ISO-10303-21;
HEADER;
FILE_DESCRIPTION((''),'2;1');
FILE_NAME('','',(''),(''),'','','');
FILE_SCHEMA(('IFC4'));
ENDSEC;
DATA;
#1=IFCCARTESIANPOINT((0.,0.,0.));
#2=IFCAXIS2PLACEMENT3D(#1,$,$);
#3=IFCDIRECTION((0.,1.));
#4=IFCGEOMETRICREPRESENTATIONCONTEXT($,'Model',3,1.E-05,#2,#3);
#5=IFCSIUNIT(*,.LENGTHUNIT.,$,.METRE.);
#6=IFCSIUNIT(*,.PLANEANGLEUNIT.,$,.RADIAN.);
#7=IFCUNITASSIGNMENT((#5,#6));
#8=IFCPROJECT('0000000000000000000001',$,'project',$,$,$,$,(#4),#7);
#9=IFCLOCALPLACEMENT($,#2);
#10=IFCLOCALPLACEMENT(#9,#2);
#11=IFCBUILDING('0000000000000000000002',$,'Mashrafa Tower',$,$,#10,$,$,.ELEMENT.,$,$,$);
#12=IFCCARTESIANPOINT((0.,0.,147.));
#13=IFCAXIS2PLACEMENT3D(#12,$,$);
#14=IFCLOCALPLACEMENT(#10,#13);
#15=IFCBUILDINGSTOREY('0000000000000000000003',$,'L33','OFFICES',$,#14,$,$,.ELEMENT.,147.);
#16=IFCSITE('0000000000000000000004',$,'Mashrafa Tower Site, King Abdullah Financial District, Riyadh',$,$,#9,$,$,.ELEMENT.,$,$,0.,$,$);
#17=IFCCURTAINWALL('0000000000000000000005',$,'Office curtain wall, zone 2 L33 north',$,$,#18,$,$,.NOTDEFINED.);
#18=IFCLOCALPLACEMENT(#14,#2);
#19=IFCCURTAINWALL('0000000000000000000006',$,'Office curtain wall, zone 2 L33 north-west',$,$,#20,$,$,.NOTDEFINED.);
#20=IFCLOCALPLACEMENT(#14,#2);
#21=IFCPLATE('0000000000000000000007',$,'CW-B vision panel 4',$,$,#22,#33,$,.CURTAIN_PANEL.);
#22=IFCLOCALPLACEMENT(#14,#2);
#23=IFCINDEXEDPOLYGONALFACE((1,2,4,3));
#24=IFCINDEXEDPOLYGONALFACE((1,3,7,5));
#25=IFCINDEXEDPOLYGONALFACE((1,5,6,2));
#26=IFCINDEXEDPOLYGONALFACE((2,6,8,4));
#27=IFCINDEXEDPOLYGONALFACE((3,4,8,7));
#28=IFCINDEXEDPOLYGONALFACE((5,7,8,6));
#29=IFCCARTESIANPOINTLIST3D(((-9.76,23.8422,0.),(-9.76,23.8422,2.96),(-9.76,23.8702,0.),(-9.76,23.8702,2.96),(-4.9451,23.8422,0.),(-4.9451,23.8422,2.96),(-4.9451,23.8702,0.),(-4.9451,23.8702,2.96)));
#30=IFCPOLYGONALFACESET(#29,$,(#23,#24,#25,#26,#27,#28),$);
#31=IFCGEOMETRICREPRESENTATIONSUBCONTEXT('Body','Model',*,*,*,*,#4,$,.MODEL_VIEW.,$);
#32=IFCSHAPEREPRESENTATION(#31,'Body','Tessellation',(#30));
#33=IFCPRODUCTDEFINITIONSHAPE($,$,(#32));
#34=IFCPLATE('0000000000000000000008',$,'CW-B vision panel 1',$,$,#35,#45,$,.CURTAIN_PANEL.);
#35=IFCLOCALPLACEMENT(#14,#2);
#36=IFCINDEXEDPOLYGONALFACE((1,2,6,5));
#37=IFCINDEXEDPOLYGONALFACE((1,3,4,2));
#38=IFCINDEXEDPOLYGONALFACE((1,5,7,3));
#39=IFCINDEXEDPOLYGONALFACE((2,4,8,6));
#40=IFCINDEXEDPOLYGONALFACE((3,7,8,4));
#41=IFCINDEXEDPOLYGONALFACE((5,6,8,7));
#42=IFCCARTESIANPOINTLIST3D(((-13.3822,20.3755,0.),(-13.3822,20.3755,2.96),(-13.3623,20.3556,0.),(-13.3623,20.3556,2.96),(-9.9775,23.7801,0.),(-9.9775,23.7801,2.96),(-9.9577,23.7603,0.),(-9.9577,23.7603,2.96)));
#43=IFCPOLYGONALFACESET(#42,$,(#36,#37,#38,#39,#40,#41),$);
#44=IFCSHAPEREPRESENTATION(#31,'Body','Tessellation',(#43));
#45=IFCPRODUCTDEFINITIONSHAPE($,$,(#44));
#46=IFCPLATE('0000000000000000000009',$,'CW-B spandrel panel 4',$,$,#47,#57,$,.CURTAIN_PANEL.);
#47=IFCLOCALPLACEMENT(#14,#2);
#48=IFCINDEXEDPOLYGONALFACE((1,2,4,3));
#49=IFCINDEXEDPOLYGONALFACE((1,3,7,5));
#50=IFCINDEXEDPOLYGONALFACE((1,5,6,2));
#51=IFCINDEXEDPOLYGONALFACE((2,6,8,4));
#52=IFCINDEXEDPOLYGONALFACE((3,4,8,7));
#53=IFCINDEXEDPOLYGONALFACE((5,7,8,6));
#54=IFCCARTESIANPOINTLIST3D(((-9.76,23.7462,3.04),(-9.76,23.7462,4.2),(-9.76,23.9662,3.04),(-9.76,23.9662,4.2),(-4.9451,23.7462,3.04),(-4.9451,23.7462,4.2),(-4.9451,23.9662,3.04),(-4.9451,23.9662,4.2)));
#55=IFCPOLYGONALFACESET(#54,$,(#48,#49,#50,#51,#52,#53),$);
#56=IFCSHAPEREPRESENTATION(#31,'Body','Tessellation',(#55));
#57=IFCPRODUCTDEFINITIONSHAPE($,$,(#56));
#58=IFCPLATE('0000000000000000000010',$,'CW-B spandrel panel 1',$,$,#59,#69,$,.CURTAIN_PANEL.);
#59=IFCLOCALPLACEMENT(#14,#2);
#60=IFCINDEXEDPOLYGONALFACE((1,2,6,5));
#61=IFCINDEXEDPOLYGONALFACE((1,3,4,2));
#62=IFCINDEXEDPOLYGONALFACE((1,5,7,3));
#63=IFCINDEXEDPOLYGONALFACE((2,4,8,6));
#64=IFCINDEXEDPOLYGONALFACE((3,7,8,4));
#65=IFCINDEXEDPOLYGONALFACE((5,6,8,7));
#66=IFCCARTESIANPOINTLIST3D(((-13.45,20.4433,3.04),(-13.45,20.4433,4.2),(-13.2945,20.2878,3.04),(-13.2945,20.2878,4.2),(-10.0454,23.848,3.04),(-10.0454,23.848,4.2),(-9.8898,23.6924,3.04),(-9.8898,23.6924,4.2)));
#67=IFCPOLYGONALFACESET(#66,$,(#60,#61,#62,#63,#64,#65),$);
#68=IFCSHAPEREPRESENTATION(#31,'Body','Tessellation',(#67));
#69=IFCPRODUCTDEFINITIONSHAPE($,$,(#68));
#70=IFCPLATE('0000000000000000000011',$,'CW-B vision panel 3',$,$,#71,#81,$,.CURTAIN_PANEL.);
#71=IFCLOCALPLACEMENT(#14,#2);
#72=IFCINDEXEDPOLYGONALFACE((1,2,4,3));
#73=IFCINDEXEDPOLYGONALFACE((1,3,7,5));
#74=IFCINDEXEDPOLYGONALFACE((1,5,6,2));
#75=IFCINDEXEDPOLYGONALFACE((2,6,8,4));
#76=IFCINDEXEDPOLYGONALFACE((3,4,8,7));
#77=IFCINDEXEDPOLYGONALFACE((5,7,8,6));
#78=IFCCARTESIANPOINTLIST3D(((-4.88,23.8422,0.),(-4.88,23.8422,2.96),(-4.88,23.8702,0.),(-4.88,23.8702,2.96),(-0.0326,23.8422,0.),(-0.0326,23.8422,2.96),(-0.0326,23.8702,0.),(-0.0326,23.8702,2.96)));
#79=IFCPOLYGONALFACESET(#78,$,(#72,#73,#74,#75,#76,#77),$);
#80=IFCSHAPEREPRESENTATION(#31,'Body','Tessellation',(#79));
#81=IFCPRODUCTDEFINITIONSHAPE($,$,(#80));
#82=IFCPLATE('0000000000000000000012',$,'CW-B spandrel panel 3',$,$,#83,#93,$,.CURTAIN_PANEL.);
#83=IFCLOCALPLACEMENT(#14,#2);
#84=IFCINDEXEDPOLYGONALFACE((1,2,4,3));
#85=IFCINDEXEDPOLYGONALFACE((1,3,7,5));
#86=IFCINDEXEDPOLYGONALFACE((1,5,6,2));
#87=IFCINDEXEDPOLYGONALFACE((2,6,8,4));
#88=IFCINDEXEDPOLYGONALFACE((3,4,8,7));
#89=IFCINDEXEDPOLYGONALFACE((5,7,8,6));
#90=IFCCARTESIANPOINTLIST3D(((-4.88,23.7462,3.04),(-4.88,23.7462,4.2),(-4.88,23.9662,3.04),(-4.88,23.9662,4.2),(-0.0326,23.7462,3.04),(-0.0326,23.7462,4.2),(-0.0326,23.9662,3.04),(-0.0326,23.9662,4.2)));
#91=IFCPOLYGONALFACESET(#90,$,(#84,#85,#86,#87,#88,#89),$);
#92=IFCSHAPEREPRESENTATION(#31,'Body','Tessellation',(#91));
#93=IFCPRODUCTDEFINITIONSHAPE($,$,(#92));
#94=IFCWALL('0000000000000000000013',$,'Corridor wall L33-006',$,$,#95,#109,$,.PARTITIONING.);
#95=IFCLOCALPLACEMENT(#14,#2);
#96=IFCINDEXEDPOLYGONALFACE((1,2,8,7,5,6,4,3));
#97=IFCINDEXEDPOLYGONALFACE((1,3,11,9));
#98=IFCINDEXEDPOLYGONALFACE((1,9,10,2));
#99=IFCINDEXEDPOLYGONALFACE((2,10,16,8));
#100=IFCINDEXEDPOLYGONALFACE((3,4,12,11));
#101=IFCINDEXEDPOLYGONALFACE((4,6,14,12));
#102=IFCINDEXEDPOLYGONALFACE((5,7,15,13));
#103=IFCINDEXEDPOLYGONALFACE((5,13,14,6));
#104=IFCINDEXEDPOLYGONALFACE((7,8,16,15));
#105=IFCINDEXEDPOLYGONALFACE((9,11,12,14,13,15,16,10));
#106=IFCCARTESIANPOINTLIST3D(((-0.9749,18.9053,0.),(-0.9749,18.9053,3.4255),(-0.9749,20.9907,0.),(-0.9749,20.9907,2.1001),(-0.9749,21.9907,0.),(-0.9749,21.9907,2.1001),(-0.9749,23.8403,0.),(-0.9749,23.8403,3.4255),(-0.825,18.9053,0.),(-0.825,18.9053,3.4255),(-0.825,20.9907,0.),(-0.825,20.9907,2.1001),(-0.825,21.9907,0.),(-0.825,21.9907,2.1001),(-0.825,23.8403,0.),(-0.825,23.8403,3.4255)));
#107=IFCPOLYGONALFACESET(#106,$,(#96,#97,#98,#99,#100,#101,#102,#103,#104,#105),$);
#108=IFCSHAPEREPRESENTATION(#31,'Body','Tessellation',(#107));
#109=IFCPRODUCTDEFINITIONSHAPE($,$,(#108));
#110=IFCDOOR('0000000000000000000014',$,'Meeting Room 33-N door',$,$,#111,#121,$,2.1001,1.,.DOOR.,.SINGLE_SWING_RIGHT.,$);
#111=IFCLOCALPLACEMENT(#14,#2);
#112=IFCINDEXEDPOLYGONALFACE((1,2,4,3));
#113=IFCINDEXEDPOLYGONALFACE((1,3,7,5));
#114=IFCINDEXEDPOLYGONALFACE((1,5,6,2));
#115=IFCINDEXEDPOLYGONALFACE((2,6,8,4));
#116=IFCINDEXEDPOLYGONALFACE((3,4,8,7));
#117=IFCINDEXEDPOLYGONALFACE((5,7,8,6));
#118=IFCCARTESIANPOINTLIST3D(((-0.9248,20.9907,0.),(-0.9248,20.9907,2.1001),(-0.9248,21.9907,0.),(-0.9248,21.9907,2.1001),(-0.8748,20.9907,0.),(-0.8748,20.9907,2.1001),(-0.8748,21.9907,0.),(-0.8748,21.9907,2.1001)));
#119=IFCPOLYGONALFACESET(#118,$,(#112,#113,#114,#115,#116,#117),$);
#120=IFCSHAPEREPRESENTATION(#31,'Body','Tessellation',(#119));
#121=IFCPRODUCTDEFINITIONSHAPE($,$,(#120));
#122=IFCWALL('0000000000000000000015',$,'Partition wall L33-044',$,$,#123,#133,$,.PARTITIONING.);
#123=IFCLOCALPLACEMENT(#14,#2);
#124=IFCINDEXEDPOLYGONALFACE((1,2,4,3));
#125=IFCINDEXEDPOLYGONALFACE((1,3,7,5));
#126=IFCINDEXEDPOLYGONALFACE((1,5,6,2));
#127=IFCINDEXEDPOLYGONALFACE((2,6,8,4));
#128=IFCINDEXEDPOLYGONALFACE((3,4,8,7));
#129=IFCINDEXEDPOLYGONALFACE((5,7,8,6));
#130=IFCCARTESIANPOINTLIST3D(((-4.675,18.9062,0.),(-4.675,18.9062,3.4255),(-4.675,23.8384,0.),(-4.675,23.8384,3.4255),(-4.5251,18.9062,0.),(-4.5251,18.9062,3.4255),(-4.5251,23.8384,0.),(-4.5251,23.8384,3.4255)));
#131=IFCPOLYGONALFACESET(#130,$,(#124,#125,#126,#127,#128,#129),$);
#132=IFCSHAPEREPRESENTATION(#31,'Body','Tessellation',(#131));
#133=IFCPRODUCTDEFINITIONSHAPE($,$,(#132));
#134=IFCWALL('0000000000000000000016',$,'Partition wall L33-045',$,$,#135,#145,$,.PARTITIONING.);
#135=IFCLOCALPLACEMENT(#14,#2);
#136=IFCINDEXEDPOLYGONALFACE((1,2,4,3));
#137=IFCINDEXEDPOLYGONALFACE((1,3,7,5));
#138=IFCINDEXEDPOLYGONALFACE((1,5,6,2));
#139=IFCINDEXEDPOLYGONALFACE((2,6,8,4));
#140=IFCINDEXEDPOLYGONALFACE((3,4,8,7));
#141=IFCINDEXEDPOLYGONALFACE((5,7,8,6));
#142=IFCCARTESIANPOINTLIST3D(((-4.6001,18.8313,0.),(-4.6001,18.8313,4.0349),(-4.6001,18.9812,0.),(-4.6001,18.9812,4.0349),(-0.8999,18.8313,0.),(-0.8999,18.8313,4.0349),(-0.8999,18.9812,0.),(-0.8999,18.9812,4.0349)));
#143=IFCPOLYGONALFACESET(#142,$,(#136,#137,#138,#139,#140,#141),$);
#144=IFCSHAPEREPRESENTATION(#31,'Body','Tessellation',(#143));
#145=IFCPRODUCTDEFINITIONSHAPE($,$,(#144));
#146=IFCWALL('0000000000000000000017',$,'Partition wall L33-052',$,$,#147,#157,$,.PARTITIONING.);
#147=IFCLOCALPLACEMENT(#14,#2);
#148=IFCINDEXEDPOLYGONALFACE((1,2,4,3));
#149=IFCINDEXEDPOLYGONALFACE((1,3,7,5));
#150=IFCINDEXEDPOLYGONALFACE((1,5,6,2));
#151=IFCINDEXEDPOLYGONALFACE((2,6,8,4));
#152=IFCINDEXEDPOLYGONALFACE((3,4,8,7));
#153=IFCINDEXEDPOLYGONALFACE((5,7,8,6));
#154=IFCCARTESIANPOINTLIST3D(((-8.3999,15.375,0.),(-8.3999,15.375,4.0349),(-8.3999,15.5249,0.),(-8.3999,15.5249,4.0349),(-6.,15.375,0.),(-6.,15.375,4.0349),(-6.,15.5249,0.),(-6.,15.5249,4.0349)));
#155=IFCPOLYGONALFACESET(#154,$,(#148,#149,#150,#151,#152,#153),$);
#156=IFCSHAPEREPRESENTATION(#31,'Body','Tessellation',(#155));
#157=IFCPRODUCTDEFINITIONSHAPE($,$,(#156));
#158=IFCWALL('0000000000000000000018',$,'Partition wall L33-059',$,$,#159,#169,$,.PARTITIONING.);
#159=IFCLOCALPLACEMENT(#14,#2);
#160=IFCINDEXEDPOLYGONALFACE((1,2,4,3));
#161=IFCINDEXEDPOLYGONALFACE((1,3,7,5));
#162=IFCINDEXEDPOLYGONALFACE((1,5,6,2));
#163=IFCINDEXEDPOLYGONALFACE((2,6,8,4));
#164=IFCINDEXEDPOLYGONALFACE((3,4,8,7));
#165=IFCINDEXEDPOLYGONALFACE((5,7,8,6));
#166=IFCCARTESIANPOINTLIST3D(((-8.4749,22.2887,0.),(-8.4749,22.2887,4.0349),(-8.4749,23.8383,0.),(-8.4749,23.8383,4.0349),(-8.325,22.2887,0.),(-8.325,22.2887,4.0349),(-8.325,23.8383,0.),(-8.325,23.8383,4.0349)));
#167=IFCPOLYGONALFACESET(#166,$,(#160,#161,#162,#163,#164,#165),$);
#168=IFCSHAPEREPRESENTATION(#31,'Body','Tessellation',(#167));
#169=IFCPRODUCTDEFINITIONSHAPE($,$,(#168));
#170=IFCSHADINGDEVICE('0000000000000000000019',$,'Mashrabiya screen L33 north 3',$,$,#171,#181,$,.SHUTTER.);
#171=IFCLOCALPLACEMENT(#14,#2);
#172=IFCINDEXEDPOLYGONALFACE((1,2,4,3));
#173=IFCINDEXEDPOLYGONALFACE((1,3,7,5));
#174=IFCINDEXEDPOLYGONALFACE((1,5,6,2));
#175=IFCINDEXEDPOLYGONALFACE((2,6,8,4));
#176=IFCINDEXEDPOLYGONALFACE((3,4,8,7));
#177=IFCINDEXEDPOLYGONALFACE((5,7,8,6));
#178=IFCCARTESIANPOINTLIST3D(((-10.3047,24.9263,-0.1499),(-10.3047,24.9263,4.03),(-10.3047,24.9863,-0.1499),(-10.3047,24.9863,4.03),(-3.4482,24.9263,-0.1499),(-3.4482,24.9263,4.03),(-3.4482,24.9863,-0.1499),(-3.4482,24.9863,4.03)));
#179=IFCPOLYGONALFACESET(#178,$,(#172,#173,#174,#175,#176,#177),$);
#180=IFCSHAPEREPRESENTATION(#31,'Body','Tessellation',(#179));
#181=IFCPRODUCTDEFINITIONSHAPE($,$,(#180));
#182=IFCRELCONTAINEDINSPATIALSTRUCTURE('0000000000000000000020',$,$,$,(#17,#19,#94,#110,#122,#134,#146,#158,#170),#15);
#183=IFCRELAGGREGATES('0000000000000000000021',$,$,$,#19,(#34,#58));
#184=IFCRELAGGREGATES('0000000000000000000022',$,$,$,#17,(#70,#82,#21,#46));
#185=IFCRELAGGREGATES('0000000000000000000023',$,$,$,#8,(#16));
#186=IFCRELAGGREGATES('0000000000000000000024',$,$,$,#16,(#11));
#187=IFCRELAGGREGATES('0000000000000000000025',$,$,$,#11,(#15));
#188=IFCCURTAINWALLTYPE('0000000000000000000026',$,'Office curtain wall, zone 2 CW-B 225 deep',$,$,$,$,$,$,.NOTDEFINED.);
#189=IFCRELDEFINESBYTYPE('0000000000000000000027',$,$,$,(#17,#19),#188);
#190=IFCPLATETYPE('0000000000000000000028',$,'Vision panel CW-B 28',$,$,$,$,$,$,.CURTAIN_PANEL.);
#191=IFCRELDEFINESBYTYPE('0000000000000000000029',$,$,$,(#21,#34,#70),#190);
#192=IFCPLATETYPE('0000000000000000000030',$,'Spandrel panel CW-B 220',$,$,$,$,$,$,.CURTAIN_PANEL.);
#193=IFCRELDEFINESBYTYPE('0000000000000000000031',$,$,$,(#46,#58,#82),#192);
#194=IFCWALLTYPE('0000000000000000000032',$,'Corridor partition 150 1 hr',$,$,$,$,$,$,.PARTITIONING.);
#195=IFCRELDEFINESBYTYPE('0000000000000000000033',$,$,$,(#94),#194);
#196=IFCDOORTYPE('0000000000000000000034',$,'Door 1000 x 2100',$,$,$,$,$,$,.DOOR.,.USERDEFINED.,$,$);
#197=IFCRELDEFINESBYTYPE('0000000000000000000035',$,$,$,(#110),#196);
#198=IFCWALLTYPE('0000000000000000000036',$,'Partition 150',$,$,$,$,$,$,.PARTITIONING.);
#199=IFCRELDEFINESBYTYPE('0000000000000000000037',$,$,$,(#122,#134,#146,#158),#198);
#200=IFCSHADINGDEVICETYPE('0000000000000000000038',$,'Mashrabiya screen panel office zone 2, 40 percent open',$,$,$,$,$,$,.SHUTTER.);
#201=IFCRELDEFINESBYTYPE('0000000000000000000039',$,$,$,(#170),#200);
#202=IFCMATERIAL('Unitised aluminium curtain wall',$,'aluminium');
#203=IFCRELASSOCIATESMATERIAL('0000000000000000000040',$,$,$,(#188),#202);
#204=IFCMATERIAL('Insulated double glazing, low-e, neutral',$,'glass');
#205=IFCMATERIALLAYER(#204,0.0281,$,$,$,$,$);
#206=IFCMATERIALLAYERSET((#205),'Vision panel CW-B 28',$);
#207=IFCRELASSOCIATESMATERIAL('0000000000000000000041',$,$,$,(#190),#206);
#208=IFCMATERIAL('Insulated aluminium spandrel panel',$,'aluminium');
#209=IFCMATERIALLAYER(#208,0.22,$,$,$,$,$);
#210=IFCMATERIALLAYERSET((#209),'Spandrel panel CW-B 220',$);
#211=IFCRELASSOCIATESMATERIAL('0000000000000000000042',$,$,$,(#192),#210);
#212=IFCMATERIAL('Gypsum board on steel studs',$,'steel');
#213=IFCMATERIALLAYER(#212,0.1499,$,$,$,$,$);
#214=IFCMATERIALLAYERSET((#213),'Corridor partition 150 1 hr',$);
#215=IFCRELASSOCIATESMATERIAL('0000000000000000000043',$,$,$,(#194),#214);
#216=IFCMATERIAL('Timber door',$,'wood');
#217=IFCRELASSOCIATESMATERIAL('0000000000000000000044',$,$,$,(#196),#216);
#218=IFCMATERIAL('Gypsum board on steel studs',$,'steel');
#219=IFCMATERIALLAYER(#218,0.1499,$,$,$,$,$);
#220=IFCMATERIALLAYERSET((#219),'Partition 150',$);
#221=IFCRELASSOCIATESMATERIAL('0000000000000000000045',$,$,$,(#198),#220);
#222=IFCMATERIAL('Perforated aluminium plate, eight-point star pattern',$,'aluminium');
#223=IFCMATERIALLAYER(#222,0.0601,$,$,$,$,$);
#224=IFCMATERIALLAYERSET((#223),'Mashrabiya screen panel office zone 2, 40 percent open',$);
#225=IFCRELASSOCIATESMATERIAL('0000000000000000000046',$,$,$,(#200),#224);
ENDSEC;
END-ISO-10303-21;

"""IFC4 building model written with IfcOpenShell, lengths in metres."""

from ifc_helpers import new_model, si_unit, direction, frame, frame_2d, origin, origin_2d, place, context, subcontext, project, spatial, rectangle, extrude, source, transform, mapped, material, layer, layer_set, type_object, type_shapes, element, fill, aggregate, save


model = new_model("IFC4")

# Units and contexts
model_context = context("Model", 3, precision=1e-05, world=origin(), true_north=direction((0.0, 1.0)))
body_context = subcontext(model_context, "Body", "Model", "MODEL_VIEW")
ifc_project = project(units=[si_unit("LENGTHUNIT", "METRE"), si_unit("PLANEANGLEUNIT", "RADIAN")], contexts=[model_context])

# Site, building, storey
site_placement = place(None, origin())
site = spatial("IfcSite", under=ifc_project, at=site_placement, Name="Mashrafa Tower Site, King Abdullah Financial District, Riyadh", CompositionType="ELEMENT", RefElevation=0.0)
building_placement = place(site_placement, origin())
building = spatial("IfcBuilding", under=site, at=building_placement, Name="Mashrafa Tower", CompositionType="ELEMENT")
storey_placement = place(building_placement, frame((0.0, 0.0, 147.0)))
storey = spatial("IfcBuildingStorey", under=building, at=storey_placement, Name="L33", Description="OFFICES", CompositionType="ELEMENT", Elevation=147.0)

# Curtain wall
ifc_material_1 = material(Name="Unitised aluminium curtain wall", Category="aluminium")
curtain_wall_type = type_object("IfcCurtainWallType", Name="Office curtain wall, zone 2 CW-B 225 deep", PredefinedType="NOTDEFINED", material=ifc_material_1)
curtain_wall_1_placement = place(storey_placement, origin())
curtain_wall_1 = element("IfcCurtainWall", 1, at=curtain_wall_1_placement, inside=storey, type_object=curtain_wall_type, Name="Office curtain wall, zone 2 L33 north", PredefinedType="NOTDEFINED")

# Curtain wall
curtain_wall_2_placement = place(storey_placement, origin())
curtain_wall_2 = element("IfcCurtainWall", 2, at=curtain_wall_2_placement, inside=storey, type_object=curtain_wall_type, Name="Office curtain wall, zone 2 L33 north-west", PredefinedType="NOTDEFINED")

# Plates
ifc_material_2 = material(Name="Insulated double glazing, low-e, neutral", Category="glass")
ifc_layer_1 = layer(ifc_material_2, 0.0281)
ifc_layer_set_1 = layer_set([ifc_layer_1], Name="Vision panel CW-B 28")
plate_type_1 = type_object("IfcPlateType", Name="Vision panel CW-B 28", PredefinedType="CURTAIN_PANEL", material=ifc_layer_set_1)
shared_shape_1 = source(origin(), body_context, "Body", "SweptSolid", [
    extrude(rectangle(XDim=4.8149, YDim=0.0281, at=origin_2d()), origin(), (0.0, 0.0, 1.0), 2.96),
])
plate_1_placement = place(storey_placement, frame((-7.3525, 23.8562, 0.0), z_axis=(0.0, 0.0, 1.0), x_axis=(-1.0, 0.0, 0.0)))
plate_1 = element("IfcPlate", 3, at=plate_1_placement, type_object=plate_type_1, Name="CW-B vision panel 4", PredefinedType="CURTAIN_PANEL", context=body_context, shape_type="MappedRepresentation", body=[
    mapped(shared_shape_1, transform((0.0, 0.0, 0.0))),
])
plate_2_placement = place(storey_placement, frame((-11.6699, 22.0679, 0.0), z_axis=(0.0, 0.0, 1.0), x_axis=(-0.707107, -0.707107, 0.0)))
plate_2 = element("IfcPlate", 4, at=plate_2_placement, type_object=plate_type_1, Name="CW-B vision panel 1", PredefinedType="CURTAIN_PANEL", context=body_context, shape_type="MappedRepresentation", body=[
    mapped(shared_shape_1, transform((0.0, 0.0, 0.0))),
])
ifc_material_3 = material(Name="Insulated aluminium spandrel panel", Category="aluminium")
ifc_layer_2 = layer(ifc_material_3, 0.22)
ifc_layer_set_2 = layer_set([ifc_layer_2], Name="Spandrel panel CW-B 220")
plate_type_2 = type_object("IfcPlateType", Name="Spandrel panel CW-B 220", PredefinedType="CURTAIN_PANEL", material=ifc_layer_set_2)
shared_shape_2 = source(origin(), body_context, "Body", "SweptSolid", [
    extrude(rectangle(XDim=4.8149, YDim=0.22, at=origin_2d()), origin(), (0.0, 0.0, 1.0), 1.1599),
])
plate_3_placement = place(storey_placement, frame((-7.3525, 23.8562, 3.04), z_axis=(0.0, 0.0, 1.0), x_axis=(-1.0, 0.0, 0.0)))
plate_3 = element("IfcPlate", 5, at=plate_3_placement, type_object=plate_type_2, Name="CW-B spandrel panel 4", PredefinedType="CURTAIN_PANEL", context=body_context, shape_type="MappedRepresentation", body=[
    mapped(shared_shape_2, transform((0.0, 0.0, 0.0))),
])
plate_4_placement = place(storey_placement, frame((-11.6699, 22.0679, 3.04), z_axis=(0.0, 0.0, 1.0), x_axis=(-0.707107, -0.707107, 0.0)))
plate_4 = element("IfcPlate", 6, at=plate_4_placement, type_object=plate_type_2, Name="CW-B spandrel panel 1", PredefinedType="CURTAIN_PANEL", context=body_context, shape_type="MappedRepresentation", body=[
    mapped(shared_shape_2, transform((0.0, 0.0, 0.0))),
])
aggregate(curtain_wall_2, [plate_2, plate_4])
shared_shape_3 = source(origin(), body_context, "Body", "SweptSolid", [
    extrude(rectangle(XDim=4.8474, YDim=0.0281, at=origin_2d()), origin(), (0.0, 0.0, 1.0), 2.96),
])
type_shapes(plate_type_1, [shared_shape_1, shared_shape_3])
plate_5_placement = place(storey_placement, frame((-2.4563, 23.8562, 0.0), z_axis=(0.0, 0.0, 1.0), x_axis=(-1.0, 0.0, 0.0)))
plate_5 = element("IfcPlate", 7, at=plate_5_placement, type_object=plate_type_1, Name="CW-B vision panel 3", PredefinedType="CURTAIN_PANEL", context=body_context, shape_type="MappedRepresentation", body=[
    mapped(shared_shape_3, transform((0.0, 0.0, 0.0))),
])
shared_shape_4 = source(origin(), body_context, "Body", "SweptSolid", [
    extrude(rectangle(XDim=4.8474, YDim=0.22, at=origin_2d()), origin(), (0.0, 0.0, 1.0), 1.1599),
])
type_shapes(plate_type_2, [shared_shape_2, shared_shape_4])
plate_6_placement = place(storey_placement, frame((-2.4563, 23.8562, 3.04), z_axis=(0.0, 0.0, 1.0), x_axis=(-1.0, 0.0, 0.0)))
plate_6 = element("IfcPlate", 8, at=plate_6_placement, type_object=plate_type_2, Name="CW-B spandrel panel 3", PredefinedType="CURTAIN_PANEL", context=body_context, shape_type="MappedRepresentation", body=[
    mapped(shared_shape_4, transform((0.0, 0.0, 0.0))),
])
aggregate(curtain_wall_1, [plate_5, plate_6, plate_1, plate_3])

# Wall, opening, door
ifc_material_4 = material(Name="Gypsum board on steel studs", Category="steel")
ifc_layer_3 = layer(ifc_material_4, 0.1499)
ifc_layer_set_3 = layer_set([ifc_layer_3], Name="Corridor partition 150 1 hr")
wall_type_1 = type_object("IfcWallType", Name="Corridor partition 150 1 hr", PredefinedType="PARTITIONING", material=ifc_layer_set_3)
wall_1_placement = place(storey_placement, frame((-0.8999, 23.8403, 0.0), z_axis=(0.0, 0.0, 1.0), x_axis=(0.0, -1.0, 0.0)))
wall_1 = element("IfcWall", 9, at=wall_1_placement, inside=storey, type_object=wall_type_1, Name="Corridor wall L33-006", PredefinedType="PARTITIONING", context=body_context, shape_type="SweptSolid", body=[
    extrude(rectangle(XDim=4.9351, YDim=0.1499, at=frame_2d((2.4675, 0.0))), origin(), (0.0, 0.0, 1.0), 3.4255),
])
opening_1_placement = place(wall_1_placement, frame((1.8496, 0.0, 0.0)))
opening_1 = element("IfcOpeningElement", 10, at=opening_1_placement, cuts=wall_1, PredefinedType="OPENING", context=body_context, shape_type="SweptSolid", body=[
    extrude(rectangle(XDim=1.0, YDim=2.1001, at=frame_2d((0.5, 1.05))), frame((0.0, 0.085, 0.0), z_axis=(0.0, -1.0, 0.0), x_axis=(1.0, 0.0, 0.0)), (0.0, 0.0, 1.0), 0.1699),
])
ifc_material_5 = material(Name="Timber door", Category="wood")
door_type_1 = type_object("IfcDoorType", Name="Door 1000 x 2100", OperationType="USERDEFINED", PredefinedType="DOOR", material=ifc_material_5)
door_1_placement = place(opening_1_placement, frame((1.0, 0.0, 0.0), z_axis=(0.0, 0.0, 1.0), x_axis=(-1.0, 0.0, 0.0)))
door_1 = element("IfcDoor", 11, at=door_1_placement, inside=storey, type_object=door_type_1, Name="Meeting Room 33-N door", OperationType="SINGLE_SWING_RIGHT", OverallHeight=2.1001, OverallWidth=1.0, PredefinedType="DOOR", context=body_context, shape_type="SweptSolid", body=[
    extrude(rectangle(XDim=1.0, YDim=2.1001, at=frame_2d((0.5, 1.05))), frame((0.0, 0.0249, 0.0), z_axis=(0.0, -1.0, 0.0), x_axis=(1.0, 0.0, 0.0)), (0.0, 0.0, 1.0), 0.05),
])
fill(opening_1, door_1)

# Walls
ifc_material_6 = material(Name="Gypsum board on steel studs", Category="steel")
ifc_layer_4 = layer(ifc_material_6, 0.1499)
ifc_layer_set_4 = layer_set([ifc_layer_4], Name="Partition 150")
wall_type_2 = type_object("IfcWallType", Name="Partition 150", PredefinedType="PARTITIONING", material=ifc_layer_set_4)
wall_2_placement = place(storey_placement, frame((-4.6001, 23.8384, 0.0), z_axis=(0.0, 0.0, 1.0), x_axis=(0.0, -1.0, 0.0)))
element("IfcWall", 12, at=wall_2_placement, inside=storey, type_object=wall_type_2, Name="Partition wall L33-044", PredefinedType="PARTITIONING", context=body_context, shape_type="SweptSolid", body=[
    extrude(rectangle(XDim=4.9321, YDim=0.1499, at=frame_2d((2.4661, 0.0))), origin(), (0.0, 0.0, 1.0), 3.4255),
])
wall_3_placement = place(storey_placement, frame((-4.6001, 18.9062, 0.0), z_axis=(0.0, 0.0, 1.0), x_axis=(1.0, 0.0, 0.0)))
element("IfcWall", 13, at=wall_3_placement, inside=storey, type_object=wall_type_2, Name="Partition wall L33-045", PredefinedType="PARTITIONING", context=body_context, shape_type="SweptSolid", body=[
    extrude(rectangle(XDim=3.7002, YDim=0.1499, at=frame_2d((1.8501, 0.0))), origin(), (0.0, 0.0, 1.0), 4.0349),
])
wall_4_placement = place(storey_placement, frame((-6.0, 15.45, 0.0), z_axis=(0.0, 0.0, 1.0), x_axis=(-1.0, 0.0, 0.0)))
element("IfcWall", 14, at=wall_4_placement, inside=storey, type_object=wall_type_2, Name="Partition wall L33-052", PredefinedType="PARTITIONING", context=body_context, shape_type="SweptSolid", body=[
    extrude(rectangle(XDim=2.3999, YDim=0.1499, at=frame_2d((1.2, 0.0))), origin(), (0.0, 0.0, 1.0), 4.0349),
])
wall_5_placement = place(storey_placement, frame((-8.3999, 23.8384, 0.0), z_axis=(0.0, 0.0, 1.0), x_axis=(0.0, -1.0, 0.0)))
element("IfcWall", 15, at=wall_5_placement, inside=storey, type_object=wall_type_2, Name="Partition wall L33-059", PredefinedType="PARTITIONING", context=body_context, shape_type="SweptSolid", body=[
    extrude(rectangle(XDim=1.5496, YDim=0.1499, at=frame_2d((0.7749, 0.0))), origin(), (0.0, 0.0, 1.0), 4.0349),
])

# Shading device
ifc_material_7 = material(Name="Perforated aluminium plate, eight-point star pattern", Category="aluminium")
ifc_layer_5 = layer(ifc_material_7, 0.0601)
ifc_layer_set_5 = layer_set([ifc_layer_5], Name="Mashrabiya screen panel office zone 2, 40 percent open")
shading_device_type = type_object("IfcShadingDeviceType", Name="Mashrabiya screen panel office zone 2, 40 percent open", PredefinedType="SHUTTER", material=ifc_layer_set_5)
shared_shape_5 = source(origin(), body_context, "Body", "SweptSolid", [
    extrude(rectangle(XDim=6.8564, YDim=0.0601, at=origin_2d()), origin(), (0.0, 0.0, 1.0), 4.1799),
])
type_shapes(shading_device_type, [shared_shape_5])
shading_device_placement = place(storey_placement, frame((-6.8765, 24.9563, -0.1499), z_axis=(0.0, 0.0, 1.0), x_axis=(-1.0, 0.0, 0.0)))
element("IfcShadingDevice", 16, at=shading_device_placement, inside=storey, type_object=shading_device_type, Name="Mashrabiya screen L33 north 3", PredefinedType="SHUTTER", context=body_context, shape_type="MappedRepresentation", body=[
    mapped(shared_shape_5, transform((0.0, 0.0, 0.0))),
])

save(model, "model.ifc")
